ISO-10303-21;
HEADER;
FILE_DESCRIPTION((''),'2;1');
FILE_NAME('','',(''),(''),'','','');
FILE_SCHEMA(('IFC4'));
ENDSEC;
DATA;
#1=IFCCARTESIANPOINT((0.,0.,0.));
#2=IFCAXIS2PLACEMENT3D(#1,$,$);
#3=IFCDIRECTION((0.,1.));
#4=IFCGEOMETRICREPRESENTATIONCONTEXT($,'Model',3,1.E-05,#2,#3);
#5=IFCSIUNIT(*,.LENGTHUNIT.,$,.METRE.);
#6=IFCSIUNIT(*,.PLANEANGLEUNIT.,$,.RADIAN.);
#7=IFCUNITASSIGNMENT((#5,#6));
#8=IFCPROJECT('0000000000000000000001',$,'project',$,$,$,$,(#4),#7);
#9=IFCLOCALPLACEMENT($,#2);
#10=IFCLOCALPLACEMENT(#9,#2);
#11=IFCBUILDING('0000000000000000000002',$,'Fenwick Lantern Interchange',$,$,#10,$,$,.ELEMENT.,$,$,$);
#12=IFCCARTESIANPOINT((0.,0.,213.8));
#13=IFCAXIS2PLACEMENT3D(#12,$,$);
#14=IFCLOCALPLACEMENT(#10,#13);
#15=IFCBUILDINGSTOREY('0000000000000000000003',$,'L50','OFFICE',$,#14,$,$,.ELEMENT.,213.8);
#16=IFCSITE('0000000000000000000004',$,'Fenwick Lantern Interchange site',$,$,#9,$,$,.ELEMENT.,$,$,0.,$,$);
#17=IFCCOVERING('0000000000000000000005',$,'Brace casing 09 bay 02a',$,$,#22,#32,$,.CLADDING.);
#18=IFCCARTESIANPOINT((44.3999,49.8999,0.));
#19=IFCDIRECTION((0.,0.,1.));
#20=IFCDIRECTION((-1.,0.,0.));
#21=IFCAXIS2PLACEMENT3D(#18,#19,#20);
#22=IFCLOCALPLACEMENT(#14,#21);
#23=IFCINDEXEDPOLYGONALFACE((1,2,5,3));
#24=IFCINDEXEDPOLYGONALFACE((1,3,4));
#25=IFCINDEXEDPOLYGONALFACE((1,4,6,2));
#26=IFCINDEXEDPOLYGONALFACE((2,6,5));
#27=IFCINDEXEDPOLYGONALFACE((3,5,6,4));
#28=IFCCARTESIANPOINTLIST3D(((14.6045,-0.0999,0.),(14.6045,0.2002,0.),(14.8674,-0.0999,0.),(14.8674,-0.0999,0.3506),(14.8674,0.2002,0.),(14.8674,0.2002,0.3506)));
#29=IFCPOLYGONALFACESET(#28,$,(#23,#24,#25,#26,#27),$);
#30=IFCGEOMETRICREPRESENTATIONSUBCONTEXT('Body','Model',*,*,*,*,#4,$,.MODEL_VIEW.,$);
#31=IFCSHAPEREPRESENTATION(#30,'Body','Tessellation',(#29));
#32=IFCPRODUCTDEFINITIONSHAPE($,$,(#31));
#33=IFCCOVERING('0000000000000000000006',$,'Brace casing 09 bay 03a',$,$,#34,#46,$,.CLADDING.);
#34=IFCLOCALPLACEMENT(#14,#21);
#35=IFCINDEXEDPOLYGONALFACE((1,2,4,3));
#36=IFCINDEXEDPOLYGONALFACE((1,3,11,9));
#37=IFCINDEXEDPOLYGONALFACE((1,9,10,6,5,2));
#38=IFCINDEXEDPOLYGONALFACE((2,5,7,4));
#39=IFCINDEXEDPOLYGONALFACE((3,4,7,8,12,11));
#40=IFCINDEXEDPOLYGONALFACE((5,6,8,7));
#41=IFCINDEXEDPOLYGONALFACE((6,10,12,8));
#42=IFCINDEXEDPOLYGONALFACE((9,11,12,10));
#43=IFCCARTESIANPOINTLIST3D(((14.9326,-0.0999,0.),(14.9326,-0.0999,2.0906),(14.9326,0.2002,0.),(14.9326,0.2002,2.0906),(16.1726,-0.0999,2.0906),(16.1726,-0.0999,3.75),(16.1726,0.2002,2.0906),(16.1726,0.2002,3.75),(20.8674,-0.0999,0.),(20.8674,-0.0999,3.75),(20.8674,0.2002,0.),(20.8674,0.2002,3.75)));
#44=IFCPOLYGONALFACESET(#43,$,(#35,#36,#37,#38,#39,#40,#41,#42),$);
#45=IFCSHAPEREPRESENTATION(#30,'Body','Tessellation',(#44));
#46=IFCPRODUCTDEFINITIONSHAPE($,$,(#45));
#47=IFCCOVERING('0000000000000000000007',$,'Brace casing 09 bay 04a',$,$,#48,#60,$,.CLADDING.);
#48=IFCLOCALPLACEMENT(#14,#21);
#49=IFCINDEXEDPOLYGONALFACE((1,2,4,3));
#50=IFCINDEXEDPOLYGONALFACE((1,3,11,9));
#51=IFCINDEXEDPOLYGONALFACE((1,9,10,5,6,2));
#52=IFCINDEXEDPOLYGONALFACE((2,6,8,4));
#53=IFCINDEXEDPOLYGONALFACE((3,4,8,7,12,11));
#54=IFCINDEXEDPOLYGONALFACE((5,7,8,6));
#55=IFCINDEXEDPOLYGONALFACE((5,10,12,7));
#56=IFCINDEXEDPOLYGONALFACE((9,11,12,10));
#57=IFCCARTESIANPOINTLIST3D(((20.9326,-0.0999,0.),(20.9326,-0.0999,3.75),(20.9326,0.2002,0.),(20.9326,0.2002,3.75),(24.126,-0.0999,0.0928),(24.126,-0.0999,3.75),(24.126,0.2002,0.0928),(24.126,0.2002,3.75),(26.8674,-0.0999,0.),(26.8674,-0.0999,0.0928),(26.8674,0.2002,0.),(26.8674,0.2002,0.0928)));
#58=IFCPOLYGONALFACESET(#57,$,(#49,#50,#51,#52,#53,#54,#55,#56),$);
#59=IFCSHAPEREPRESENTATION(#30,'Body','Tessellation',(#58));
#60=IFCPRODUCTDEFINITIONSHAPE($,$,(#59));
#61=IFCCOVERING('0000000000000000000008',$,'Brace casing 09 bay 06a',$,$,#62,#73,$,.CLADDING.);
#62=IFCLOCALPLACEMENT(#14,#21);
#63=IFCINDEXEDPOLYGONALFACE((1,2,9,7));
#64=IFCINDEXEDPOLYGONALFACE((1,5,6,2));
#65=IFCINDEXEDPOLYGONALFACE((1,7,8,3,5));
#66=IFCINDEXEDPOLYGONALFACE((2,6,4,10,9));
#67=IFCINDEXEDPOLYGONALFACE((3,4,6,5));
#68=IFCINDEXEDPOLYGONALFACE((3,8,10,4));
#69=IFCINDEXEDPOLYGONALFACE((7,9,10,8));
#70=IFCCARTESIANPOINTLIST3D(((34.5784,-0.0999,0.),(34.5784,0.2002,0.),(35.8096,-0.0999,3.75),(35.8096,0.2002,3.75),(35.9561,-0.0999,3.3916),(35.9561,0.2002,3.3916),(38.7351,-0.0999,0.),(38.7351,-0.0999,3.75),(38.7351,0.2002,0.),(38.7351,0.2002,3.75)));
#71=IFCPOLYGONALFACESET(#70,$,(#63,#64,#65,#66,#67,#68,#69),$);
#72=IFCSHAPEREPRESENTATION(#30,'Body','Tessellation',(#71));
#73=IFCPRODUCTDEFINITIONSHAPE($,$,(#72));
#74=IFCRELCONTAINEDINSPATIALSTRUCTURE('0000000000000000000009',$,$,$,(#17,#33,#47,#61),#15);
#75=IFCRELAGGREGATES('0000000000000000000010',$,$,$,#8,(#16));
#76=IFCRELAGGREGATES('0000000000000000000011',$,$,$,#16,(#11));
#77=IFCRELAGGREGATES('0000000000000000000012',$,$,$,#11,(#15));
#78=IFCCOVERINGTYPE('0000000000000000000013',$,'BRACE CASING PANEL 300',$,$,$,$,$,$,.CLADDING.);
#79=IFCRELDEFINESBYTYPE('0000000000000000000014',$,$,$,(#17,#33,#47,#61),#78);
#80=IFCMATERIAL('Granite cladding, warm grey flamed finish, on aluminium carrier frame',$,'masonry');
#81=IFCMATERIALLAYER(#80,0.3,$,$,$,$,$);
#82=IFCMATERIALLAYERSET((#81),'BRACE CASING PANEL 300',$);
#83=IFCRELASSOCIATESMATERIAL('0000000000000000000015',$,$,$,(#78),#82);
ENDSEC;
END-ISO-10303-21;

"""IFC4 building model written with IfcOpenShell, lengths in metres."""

from ifc_helpers import new_model, si_unit, direction, frame, origin, place, context, subcontext, project, spatial, polyline, outline, extrude, material, layer, layer_set, type_object, element, save


model = new_model("IFC4")

# Units and contexts
model_context = context("Model", 3, precision=1e-05, world=origin(), true_north=direction((0.0, 1.0)))
body_context = subcontext(model_context, "Body", "Model", "MODEL_VIEW")
ifc_project = project(units=[si_unit("LENGTHUNIT", "METRE"), si_unit("PLANEANGLEUNIT", "RADIAN")], contexts=[model_context])

# Site, building, storey
site_placement = place(None, origin())
site = spatial("IfcSite", under=ifc_project, at=site_placement, Name="Fenwick Lantern Interchange site", CompositionType="ELEMENT", RefElevation=0.0)
building_placement = place(site_placement, origin())
building = spatial("IfcBuilding", under=site, at=building_placement, Name="Fenwick Lantern Interchange", CompositionType="ELEMENT")
storey_placement = place(building_placement, frame((0.0, 0.0, 213.8)))
storey = spatial("IfcBuildingStorey", under=building, at=storey_placement, Name="L50", Description="OFFICE", CompositionType="ELEMENT", Elevation=213.8)

# Coverings
ifc_material_1 = material(Name="Granite cladding, warm grey flamed finish, on aluminium carrier frame", Category="masonry")
ifc_layer_1 = layer(ifc_material_1, 0.3)
ifc_layer_set_1 = layer_set([ifc_layer_1], Name="BRACE CASING PANEL 300")
covering_type = type_object("IfcCoveringType", Name="BRACE CASING PANEL 300", PredefinedType="CLADDING", material=ifc_layer_set_1)
covering_1_placement = place(storey_placement, frame((44.3999, 49.8999, 0.0), z_axis=(0.0, 0.0, 1.0), x_axis=(-1.0, 0.0, 0.0)))
element("IfcCovering", 1, at=covering_1_placement, inside=storey, type_object=covering_type, Name="Brace casing 09 bay 02a", PredefinedType="CLADDING", context=body_context, shape_type="SweptSolid", body=[
    extrude(outline(polyline([(14.6045, 0.0), (14.8674, 0.0), (14.8674, 0.3506), (14.6045, 0.0)])), frame((0.0, 0.2002, 0.0), z_axis=(0.0, -1.0, 0.0), x_axis=(1.0, 0.0, 0.0)), (0.0, 0.0, 1.0), 0.3),
])
covering_2_placement = place(storey_placement, frame((44.3999, 49.8999, 0.0), z_axis=(0.0, 0.0, 1.0), x_axis=(-1.0, 0.0, 0.0)))
element("IfcCovering", 2, at=covering_2_placement, inside=storey, type_object=covering_type, Name="Brace casing 09 bay 03a", PredefinedType="CLADDING", context=body_context, shape_type="SweptSolid", body=[
    extrude(outline(polyline([(14.9326, 0.0), (20.8674, 0.0), (20.8674, 3.75), (16.1726, 3.75), (16.1726, 2.0906), (14.9326, 2.0906), (14.9326, 0.0)])), frame((0.0, 0.2002, 0.0), z_axis=(0.0, -1.0, 0.0), x_axis=(1.0, 0.0, 0.0)), (0.0, 0.0, 1.0), 0.3),
])
covering_3_placement = place(storey_placement, frame((44.3999, 49.8999, 0.0), z_axis=(0.0, 0.0, 1.0), x_axis=(-1.0, 0.0, 0.0)))
element("IfcCovering", 3, at=covering_3_placement, inside=storey, type_object=covering_type, Name="Brace casing 09 bay 04a", PredefinedType="CLADDING", context=body_context, shape_type="SweptSolid", body=[
    extrude(outline(polyline([(20.9326, 0.0), (26.8674, 0.0), (26.8674, 0.0928), (24.126, 0.0928), (24.126, 3.75), (20.9326, 3.75), (20.9326, 0.0)])), frame((0.0, 0.2002, 0.0), z_axis=(0.0, -1.0, 0.0), x_axis=(1.0, 0.0, 0.0)), (0.0, 0.0, 1.0), 0.3),
])
covering_4_placement = place(storey_placement, frame((44.3999, 49.8999, 0.0), z_axis=(0.0, 0.0, 1.0), x_axis=(-1.0, 0.0, 0.0)))
element("IfcCovering", 4, at=covering_4_placement, inside=storey, type_object=covering_type, Name="Brace casing 09 bay 06a", PredefinedType="CLADDING", context=body_context, shape_type="SweptSolid", body=[
    extrude(outline(polyline([(34.5784, 0.0), (38.7351, 0.0), (38.7351, 3.75), (35.8096, 3.75), (35.9561, 3.3916), (34.5784, 0.0)])), frame((0.0, 0.2002, 0.0), z_axis=(0.0, -1.0, 0.0), x_axis=(1.0, 0.0, 0.0)), (0.0, 0.0, 1.0), 0.3),
])

save(model, "model.ifc")
